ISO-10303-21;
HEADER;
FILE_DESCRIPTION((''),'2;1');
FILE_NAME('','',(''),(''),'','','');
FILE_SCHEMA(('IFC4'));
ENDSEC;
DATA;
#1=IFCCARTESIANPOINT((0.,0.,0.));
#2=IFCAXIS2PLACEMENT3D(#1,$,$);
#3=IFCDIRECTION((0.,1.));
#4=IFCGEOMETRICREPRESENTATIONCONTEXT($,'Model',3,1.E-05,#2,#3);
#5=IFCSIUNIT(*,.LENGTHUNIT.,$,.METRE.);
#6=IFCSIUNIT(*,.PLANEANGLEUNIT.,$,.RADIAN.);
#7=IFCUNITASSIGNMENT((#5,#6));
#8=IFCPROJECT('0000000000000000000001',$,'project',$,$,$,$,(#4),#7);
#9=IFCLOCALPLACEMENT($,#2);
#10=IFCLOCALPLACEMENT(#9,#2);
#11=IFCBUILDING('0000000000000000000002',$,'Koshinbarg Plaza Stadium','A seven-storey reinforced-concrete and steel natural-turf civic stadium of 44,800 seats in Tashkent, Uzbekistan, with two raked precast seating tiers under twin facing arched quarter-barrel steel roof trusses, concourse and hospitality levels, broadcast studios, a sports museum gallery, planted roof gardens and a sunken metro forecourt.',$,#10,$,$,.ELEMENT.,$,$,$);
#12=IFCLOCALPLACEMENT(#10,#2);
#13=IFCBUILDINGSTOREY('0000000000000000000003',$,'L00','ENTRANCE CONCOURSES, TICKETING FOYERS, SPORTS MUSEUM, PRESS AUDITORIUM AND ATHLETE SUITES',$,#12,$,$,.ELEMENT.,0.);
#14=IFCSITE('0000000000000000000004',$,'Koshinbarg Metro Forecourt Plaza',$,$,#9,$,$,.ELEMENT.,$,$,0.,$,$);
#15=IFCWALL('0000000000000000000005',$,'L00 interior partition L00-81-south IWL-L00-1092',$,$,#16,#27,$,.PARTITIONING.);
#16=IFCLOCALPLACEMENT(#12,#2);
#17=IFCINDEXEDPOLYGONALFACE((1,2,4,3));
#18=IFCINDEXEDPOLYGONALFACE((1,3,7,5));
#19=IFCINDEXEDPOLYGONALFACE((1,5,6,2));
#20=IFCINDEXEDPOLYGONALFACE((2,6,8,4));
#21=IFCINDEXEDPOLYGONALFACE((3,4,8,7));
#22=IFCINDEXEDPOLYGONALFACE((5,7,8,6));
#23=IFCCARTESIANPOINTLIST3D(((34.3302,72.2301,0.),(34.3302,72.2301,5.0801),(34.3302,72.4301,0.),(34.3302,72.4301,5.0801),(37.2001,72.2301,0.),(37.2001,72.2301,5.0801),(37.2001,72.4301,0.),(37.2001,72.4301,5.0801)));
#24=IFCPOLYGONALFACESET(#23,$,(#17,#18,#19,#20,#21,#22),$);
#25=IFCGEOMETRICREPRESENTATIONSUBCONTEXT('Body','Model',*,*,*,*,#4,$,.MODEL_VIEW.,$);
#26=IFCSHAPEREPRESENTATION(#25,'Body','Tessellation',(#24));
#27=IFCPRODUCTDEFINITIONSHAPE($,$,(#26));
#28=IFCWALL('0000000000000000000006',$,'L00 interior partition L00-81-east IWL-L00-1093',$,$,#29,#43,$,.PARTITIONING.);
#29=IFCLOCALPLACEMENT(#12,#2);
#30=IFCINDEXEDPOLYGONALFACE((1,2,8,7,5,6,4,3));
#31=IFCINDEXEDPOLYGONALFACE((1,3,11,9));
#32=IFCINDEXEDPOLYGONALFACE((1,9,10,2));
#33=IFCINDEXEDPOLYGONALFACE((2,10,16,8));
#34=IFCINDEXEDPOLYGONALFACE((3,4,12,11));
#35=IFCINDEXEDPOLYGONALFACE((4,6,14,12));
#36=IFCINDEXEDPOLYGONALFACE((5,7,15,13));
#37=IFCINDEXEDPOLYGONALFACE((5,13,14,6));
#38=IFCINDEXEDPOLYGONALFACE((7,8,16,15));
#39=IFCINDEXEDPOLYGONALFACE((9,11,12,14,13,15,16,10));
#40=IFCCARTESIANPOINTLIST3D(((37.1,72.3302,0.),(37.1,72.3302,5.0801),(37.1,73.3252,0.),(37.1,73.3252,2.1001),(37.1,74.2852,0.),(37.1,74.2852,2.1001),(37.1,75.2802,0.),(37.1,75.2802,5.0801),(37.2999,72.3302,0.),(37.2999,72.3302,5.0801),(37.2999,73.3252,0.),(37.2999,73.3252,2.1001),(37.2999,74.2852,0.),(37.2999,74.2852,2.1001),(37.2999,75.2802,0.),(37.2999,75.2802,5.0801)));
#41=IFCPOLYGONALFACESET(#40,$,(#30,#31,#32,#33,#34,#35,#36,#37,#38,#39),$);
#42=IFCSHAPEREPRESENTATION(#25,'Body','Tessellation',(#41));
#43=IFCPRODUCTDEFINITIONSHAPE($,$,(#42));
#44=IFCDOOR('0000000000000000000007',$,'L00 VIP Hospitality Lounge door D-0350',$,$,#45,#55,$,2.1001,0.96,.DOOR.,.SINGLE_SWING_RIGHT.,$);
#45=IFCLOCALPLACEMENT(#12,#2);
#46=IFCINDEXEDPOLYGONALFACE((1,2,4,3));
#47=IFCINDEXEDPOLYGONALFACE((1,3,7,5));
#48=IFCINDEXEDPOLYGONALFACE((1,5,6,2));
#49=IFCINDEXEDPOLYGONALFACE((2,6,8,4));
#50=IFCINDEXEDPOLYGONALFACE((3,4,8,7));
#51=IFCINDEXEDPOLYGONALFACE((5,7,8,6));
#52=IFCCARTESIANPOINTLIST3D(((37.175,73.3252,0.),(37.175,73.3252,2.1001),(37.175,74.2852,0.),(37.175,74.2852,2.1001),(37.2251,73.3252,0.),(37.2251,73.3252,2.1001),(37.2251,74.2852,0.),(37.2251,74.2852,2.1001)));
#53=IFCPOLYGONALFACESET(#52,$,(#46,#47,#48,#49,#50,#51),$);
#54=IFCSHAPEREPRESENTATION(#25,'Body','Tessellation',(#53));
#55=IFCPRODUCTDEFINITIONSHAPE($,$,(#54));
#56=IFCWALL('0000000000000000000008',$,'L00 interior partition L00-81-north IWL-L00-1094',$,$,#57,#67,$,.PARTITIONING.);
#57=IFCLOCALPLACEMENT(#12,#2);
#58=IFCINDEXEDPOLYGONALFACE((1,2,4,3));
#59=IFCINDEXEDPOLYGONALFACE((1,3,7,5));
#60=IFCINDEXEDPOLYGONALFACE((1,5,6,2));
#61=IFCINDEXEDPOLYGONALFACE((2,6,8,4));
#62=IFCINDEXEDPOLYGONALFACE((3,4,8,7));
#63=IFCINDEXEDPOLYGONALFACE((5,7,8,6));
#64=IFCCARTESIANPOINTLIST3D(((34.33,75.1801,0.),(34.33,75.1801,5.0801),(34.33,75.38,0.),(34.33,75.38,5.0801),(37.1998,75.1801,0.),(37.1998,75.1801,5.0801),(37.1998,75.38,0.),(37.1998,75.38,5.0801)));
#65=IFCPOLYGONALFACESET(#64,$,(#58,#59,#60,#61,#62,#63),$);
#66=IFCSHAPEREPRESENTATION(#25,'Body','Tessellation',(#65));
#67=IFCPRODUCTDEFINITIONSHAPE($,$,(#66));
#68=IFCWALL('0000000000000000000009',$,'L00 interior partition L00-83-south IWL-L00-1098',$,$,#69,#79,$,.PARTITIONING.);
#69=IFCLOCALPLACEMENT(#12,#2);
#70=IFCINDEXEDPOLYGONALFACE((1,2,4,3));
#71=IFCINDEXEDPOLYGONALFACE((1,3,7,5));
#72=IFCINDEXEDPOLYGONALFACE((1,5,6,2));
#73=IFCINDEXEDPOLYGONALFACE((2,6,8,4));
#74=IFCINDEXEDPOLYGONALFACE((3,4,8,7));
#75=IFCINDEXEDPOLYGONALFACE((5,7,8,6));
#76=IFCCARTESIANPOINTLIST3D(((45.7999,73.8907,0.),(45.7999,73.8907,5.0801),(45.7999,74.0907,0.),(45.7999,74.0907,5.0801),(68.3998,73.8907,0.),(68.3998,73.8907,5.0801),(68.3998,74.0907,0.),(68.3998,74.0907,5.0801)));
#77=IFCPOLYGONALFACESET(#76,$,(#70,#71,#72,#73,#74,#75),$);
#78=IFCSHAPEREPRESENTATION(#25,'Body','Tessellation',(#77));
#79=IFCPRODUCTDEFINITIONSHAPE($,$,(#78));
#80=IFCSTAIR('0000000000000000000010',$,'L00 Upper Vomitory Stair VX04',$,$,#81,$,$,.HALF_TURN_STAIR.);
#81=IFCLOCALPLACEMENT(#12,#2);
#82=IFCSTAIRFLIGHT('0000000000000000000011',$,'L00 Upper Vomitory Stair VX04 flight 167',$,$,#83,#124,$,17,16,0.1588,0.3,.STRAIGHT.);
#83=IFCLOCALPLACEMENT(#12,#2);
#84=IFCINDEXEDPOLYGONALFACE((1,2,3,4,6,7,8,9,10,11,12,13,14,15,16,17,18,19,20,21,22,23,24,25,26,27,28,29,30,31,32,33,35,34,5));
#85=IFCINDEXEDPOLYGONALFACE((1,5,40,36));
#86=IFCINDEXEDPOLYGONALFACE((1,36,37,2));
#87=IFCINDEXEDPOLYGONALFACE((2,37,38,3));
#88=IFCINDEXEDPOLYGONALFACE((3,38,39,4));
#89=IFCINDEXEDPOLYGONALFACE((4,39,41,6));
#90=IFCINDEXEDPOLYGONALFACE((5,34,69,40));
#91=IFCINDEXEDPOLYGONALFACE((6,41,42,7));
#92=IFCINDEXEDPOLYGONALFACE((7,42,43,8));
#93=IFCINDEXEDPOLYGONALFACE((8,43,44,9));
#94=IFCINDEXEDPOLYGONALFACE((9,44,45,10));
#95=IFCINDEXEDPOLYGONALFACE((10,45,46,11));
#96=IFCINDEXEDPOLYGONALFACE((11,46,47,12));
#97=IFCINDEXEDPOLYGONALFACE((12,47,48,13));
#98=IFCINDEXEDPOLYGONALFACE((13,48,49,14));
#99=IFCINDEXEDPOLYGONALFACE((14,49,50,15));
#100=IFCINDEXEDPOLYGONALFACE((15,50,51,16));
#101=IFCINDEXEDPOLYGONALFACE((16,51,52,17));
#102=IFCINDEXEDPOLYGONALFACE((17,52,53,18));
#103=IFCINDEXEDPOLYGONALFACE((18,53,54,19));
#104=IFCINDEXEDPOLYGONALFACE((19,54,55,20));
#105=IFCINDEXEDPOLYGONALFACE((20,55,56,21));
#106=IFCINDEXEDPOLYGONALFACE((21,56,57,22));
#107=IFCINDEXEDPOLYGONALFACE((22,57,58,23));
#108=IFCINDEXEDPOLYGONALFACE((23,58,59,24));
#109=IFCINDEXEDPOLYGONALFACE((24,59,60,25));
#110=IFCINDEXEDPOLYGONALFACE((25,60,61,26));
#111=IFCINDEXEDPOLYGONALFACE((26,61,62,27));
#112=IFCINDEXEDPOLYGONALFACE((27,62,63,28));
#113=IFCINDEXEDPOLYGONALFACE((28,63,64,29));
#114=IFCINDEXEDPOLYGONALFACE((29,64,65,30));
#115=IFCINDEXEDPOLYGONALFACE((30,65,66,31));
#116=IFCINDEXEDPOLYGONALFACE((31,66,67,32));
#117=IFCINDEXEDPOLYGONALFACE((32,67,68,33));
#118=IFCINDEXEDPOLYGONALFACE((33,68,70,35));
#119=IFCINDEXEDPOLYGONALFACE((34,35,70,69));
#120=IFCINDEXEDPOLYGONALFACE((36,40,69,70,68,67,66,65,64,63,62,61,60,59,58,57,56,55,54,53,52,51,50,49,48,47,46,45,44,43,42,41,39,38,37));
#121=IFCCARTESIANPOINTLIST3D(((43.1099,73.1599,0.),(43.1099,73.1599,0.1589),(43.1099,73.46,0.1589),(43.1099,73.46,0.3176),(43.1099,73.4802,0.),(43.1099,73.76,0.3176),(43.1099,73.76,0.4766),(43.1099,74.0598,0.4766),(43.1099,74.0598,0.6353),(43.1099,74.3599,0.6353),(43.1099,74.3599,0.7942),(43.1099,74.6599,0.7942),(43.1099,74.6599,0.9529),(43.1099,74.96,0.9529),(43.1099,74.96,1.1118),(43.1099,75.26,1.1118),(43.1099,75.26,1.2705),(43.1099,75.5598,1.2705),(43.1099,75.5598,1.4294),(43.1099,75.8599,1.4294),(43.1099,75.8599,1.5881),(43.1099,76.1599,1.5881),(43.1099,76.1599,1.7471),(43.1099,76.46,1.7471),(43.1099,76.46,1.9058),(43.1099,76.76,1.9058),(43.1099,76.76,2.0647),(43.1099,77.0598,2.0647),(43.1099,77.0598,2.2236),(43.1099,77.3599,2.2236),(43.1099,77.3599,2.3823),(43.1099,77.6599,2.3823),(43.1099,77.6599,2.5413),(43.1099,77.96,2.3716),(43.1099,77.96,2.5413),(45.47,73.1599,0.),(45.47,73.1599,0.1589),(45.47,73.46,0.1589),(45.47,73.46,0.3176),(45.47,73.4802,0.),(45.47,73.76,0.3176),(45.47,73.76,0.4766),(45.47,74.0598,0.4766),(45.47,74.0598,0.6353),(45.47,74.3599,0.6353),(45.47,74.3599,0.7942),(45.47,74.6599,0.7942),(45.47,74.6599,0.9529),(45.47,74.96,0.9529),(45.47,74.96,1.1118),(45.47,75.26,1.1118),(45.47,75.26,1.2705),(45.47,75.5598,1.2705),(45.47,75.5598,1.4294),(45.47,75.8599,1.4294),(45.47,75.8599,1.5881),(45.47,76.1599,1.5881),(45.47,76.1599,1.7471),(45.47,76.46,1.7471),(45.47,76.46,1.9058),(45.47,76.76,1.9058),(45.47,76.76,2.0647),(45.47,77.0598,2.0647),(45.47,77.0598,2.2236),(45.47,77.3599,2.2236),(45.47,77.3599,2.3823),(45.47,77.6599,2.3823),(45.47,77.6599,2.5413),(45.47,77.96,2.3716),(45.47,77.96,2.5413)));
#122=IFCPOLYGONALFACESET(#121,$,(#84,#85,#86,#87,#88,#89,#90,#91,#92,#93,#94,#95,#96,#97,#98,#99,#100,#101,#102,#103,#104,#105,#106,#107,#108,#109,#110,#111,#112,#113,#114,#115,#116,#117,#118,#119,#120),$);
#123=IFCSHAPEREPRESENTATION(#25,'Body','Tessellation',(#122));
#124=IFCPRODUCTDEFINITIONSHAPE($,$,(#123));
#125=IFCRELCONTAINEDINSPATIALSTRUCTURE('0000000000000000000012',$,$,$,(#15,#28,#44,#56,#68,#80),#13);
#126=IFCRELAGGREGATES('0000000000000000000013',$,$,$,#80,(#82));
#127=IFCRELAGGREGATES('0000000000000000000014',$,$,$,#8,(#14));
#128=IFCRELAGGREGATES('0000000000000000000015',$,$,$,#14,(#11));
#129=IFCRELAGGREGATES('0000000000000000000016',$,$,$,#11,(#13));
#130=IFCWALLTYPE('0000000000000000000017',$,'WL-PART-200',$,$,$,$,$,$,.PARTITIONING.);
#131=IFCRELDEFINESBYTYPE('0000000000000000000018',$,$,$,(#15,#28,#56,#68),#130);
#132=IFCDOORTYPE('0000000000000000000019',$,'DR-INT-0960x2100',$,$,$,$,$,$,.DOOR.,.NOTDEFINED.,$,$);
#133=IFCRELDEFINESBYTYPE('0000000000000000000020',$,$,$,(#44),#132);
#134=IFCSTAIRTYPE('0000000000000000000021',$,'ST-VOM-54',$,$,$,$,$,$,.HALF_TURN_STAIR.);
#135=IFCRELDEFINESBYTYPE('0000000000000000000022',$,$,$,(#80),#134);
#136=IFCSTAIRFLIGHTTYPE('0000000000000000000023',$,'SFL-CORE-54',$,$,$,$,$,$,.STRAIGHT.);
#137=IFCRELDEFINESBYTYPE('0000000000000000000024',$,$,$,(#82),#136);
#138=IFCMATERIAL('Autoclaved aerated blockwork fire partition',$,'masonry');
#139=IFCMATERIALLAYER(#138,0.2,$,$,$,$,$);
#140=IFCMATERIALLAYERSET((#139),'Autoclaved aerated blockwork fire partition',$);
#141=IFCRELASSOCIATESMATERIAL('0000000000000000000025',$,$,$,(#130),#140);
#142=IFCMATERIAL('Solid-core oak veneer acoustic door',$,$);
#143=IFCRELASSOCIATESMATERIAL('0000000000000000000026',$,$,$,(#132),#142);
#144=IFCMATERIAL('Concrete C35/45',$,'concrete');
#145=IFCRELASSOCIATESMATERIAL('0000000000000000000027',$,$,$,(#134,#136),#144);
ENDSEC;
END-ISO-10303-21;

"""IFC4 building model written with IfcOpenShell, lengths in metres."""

from ifc_helpers import new_model, si_unit, direction, frame, frame_2d, origin, place, context, subcontext, project, spatial, polyline, rectangle, outline, extrude, material, layer, layer_set, type_object, element, fill, aggregate, save


model = new_model("IFC4")

# Units and contexts
model_context = context("Model", 3, precision=1e-05, world=origin(), true_north=direction((0.0, 1.0)))
body_context = subcontext(model_context, "Body", "Model", "MODEL_VIEW")
ifc_project = project(units=[si_unit("LENGTHUNIT", "METRE"), si_unit("PLANEANGLEUNIT", "RADIAN")], contexts=[model_context])

# Site, building, storey
site_placement = place(None, origin())
site = spatial("IfcSite", under=ifc_project, at=site_placement, Name="Koshinbarg Metro Forecourt Plaza", CompositionType="ELEMENT", RefElevation=0.0)
building_placement = place(site_placement, origin())
building = spatial("IfcBuilding", under=site, at=building_placement, Name="Koshinbarg Plaza Stadium", Description="A seven-storey reinforced-concrete and steel natural-turf civic stadium of 44,800 seats in Tashkent, Uzbekistan, with two raked precast seating tiers under twin facing arched quarter-barrel steel roof trusses, concourse and hospitality levels, broadcast studios, a sports museum gallery, planted roof gardens and a sunken metro forecourt.", CompositionType="ELEMENT")
storey_placement = place(building_placement, origin())
storey = spatial("IfcBuildingStorey", under=building, at=storey_placement, Name="L00", Description="ENTRANCE CONCOURSES, TICKETING FOYERS, SPORTS MUSEUM, PRESS AUDITORIUM AND ATHLETE SUITES", CompositionType="ELEMENT", Elevation=0.0)

# Shared definitions
ifc_material_1 = material(Name="Concrete C35/45", Category="concrete")

# Shared definitions
ifc_material_2 = material(Name="Autoclaved aerated blockwork fire partition", Category="masonry")
ifc_layer_1 = layer(ifc_material_2, 0.2)
ifc_layer_set_1 = layer_set([ifc_layer_1], Name="Autoclaved aerated blockwork fire partition")
wall_type_1 = type_object("IfcWallType", Name="WL-PART-200", PredefinedType="PARTITIONING", material=ifc_layer_set_1)
ifc_material_3 = material(Name="Solid-core oak veneer acoustic door")
door_type_1 = type_object("IfcDoorType", Name="DR-INT-0960x2100", OperationType="NOTDEFINED", PredefinedType="DOOR", material=ifc_material_3)

# Wall
wall_1_placement = place(storey_placement, frame((34.3301, 72.3301, 0.0), z_axis=(0.0, 0.0, 1.0), x_axis=(1.0, 0.0, 0.0)))
element("IfcWall", 1, at=wall_1_placement, inside=storey, type_object=wall_type_1, Name="L00 interior partition L00-81-south IWL-L00-1092", PredefinedType="PARTITIONING", context=body_context, shape_type="SweptSolid", body=[
    extrude(rectangle(XDim=2.8699, YDim=0.2, at=frame_2d((1.4351, 0.0))), origin(), (0.0, 0.0, 1.0), 5.0801),
])

# Wall, opening, door
wall_2_placement = place(storey_placement, frame((37.2, 72.3301, 0.0), z_axis=(0.0, 0.0, 1.0), x_axis=(0.0, 1.0, 0.0)))
wall_2 = element("IfcWall", 2, at=wall_2_placement, inside=storey, type_object=wall_type_1, Name="L00 interior partition L00-81-east IWL-L00-1093", PredefinedType="PARTITIONING", context=body_context, shape_type="SweptSolid", body=[
    extrude(rectangle(XDim=2.95, YDim=0.2, at=frame_2d((1.4751, 0.0))), origin(), (0.0, 0.0, 1.0), 5.0801),
])
opening_1_placement = place(wall_2_placement, frame((0.9951, 0.0, 0.0)))
opening_1 = element("IfcOpeningElement", 3, at=opening_1_placement, cuts=wall_2, PredefinedType="OPENING", context=body_context, shape_type="SweptSolid", body=[
    extrude(rectangle(XDim=0.96, YDim=2.1001, at=frame_2d((0.48, 1.05))), frame((0.0, 0.1099, 0.0), z_axis=(0.0, -1.0, 0.0), x_axis=(1.0, 0.0, 0.0)), (0.0, 0.0, 1.0), 0.22),
])
door_1_placement = place(opening_1_placement, origin())
door_1 = element("IfcDoor", 4, at=door_1_placement, inside=storey, type_object=door_type_1, Name="L00 VIP Hospitality Lounge door D-0350", OperationType="SINGLE_SWING_RIGHT", OverallHeight=2.1001, OverallWidth=0.96, PredefinedType="DOOR", context=body_context, shape_type="SweptSolid", body=[
    extrude(rectangle(XDim=0.96, YDim=2.1001, at=frame_2d((0.48, 1.05))), frame((0.0, 0.0249, 0.0), z_axis=(0.0, -1.0, 0.0), x_axis=(1.0, 0.0, 0.0)), (0.0, 0.0, 1.0), 0.05),
])
fill(opening_1, door_1)

# Walls
wall_3_placement = place(storey_placement, frame((37.2, 75.28, 0.0), z_axis=(0.0, 0.0, 1.0), x_axis=(-1.0, 0.0, 0.0)))
element("IfcWall", 5, at=wall_3_placement, inside=storey, type_object=wall_type_1, Name="L00 interior partition L00-81-north IWL-L00-1094", PredefinedType="PARTITIONING", context=body_context, shape_type="SweptSolid", body=[
    extrude(rectangle(XDim=2.8699, YDim=0.2, at=frame_2d((1.4351, 0.0))), origin(), (0.0, 0.0, 1.0), 5.0801),
])
wall_4_placement = place(storey_placement, frame((45.8, 73.9907, 0.0), z_axis=(0.0, 0.0, 1.0), x_axis=(1.0, 0.0, 0.0)))
element("IfcWall", 6, at=wall_4_placement, inside=storey, type_object=wall_type_1, Name="L00 interior partition L00-83-south IWL-L00-1098", PredefinedType="PARTITIONING", context=body_context, shape_type="SweptSolid", body=[
    extrude(rectangle(XDim=22.5999, YDim=0.2, at=frame_2d((11.2998, 0.0))), origin(), (0.0, 0.0, 1.0), 5.0801),
])

# Stair, stair flight
stair_type = type_object("IfcStairType", Name="ST-VOM-54", PredefinedType="HALF_TURN_STAIR", material=ifc_material_1)
stair_placement = place(storey_placement, origin())
stair = element("IfcStair", 7, at=stair_placement, inside=storey, type_object=stair_type, Name="L00 Upper Vomitory Stair VX04", PredefinedType="HALF_TURN_STAIR")
stair_flight_type = type_object("IfcStairFlightType", Name="SFL-CORE-54", PredefinedType="STRAIGHT", material=ifc_material_1)
stair_flight_placement = place(storey_placement, frame((44.29, 73.1599, 0.0), z_axis=(0.0, 0.0, 1.0), x_axis=(0.0, 1.0, 0.0)))
stair_flight = element("IfcStairFlight", 8, at=stair_flight_placement, type_object=stair_flight_type, Name="L00 Upper Vomitory Stair VX04 flight 167", NumberOfRisers=17, NumberOfTreads=16, PredefinedType="STRAIGHT", RiserHeight=0.1588, TreadLength=0.3, context=body_context, shape_type="SweptSolid", body=[
    extrude(outline(polyline([(0.0, 0.0), (0.0, 0.1589), (0.3, 0.1589), (0.3, 0.3176), (0.6001, 0.3176), (0.6001, 0.4766), (0.8999, 0.4766), (0.8999, 0.6353), (1.2, 0.6353), (1.2, 0.7942), (1.5, 0.7942), (1.5, 0.9529), (1.8, 0.9529), (1.8, 1.1118), (2.1001, 1.1118), (2.1001, 1.2705), (2.3999, 1.2705), (2.3999, 1.4294), (2.7, 1.4294), (2.7, 1.5881), (3.0, 1.5881), (3.0, 1.7471), (3.3, 1.7471), (3.3, 1.9058), (3.6001, 1.9058), (3.6001, 2.0647), (3.8999, 2.0647), (3.8999, 2.2236), (4.2, 2.2236), (4.2, 2.3823), (4.5, 2.3823), (4.5, 2.5413), (4.8, 2.5413), (4.8, 2.7), (4.8, 2.3716), (0.3203, 0.0), (0.0, 0.0)])), frame((0.0, 1.1802, 0.0), z_axis=(0.0, -1.0, 0.0), x_axis=(1.0, 0.0, 0.0)), (0.0, 0.0, 1.0), 2.3601),
])
aggregate(stair, [stair_flight])

save(model, "model.ifc")
